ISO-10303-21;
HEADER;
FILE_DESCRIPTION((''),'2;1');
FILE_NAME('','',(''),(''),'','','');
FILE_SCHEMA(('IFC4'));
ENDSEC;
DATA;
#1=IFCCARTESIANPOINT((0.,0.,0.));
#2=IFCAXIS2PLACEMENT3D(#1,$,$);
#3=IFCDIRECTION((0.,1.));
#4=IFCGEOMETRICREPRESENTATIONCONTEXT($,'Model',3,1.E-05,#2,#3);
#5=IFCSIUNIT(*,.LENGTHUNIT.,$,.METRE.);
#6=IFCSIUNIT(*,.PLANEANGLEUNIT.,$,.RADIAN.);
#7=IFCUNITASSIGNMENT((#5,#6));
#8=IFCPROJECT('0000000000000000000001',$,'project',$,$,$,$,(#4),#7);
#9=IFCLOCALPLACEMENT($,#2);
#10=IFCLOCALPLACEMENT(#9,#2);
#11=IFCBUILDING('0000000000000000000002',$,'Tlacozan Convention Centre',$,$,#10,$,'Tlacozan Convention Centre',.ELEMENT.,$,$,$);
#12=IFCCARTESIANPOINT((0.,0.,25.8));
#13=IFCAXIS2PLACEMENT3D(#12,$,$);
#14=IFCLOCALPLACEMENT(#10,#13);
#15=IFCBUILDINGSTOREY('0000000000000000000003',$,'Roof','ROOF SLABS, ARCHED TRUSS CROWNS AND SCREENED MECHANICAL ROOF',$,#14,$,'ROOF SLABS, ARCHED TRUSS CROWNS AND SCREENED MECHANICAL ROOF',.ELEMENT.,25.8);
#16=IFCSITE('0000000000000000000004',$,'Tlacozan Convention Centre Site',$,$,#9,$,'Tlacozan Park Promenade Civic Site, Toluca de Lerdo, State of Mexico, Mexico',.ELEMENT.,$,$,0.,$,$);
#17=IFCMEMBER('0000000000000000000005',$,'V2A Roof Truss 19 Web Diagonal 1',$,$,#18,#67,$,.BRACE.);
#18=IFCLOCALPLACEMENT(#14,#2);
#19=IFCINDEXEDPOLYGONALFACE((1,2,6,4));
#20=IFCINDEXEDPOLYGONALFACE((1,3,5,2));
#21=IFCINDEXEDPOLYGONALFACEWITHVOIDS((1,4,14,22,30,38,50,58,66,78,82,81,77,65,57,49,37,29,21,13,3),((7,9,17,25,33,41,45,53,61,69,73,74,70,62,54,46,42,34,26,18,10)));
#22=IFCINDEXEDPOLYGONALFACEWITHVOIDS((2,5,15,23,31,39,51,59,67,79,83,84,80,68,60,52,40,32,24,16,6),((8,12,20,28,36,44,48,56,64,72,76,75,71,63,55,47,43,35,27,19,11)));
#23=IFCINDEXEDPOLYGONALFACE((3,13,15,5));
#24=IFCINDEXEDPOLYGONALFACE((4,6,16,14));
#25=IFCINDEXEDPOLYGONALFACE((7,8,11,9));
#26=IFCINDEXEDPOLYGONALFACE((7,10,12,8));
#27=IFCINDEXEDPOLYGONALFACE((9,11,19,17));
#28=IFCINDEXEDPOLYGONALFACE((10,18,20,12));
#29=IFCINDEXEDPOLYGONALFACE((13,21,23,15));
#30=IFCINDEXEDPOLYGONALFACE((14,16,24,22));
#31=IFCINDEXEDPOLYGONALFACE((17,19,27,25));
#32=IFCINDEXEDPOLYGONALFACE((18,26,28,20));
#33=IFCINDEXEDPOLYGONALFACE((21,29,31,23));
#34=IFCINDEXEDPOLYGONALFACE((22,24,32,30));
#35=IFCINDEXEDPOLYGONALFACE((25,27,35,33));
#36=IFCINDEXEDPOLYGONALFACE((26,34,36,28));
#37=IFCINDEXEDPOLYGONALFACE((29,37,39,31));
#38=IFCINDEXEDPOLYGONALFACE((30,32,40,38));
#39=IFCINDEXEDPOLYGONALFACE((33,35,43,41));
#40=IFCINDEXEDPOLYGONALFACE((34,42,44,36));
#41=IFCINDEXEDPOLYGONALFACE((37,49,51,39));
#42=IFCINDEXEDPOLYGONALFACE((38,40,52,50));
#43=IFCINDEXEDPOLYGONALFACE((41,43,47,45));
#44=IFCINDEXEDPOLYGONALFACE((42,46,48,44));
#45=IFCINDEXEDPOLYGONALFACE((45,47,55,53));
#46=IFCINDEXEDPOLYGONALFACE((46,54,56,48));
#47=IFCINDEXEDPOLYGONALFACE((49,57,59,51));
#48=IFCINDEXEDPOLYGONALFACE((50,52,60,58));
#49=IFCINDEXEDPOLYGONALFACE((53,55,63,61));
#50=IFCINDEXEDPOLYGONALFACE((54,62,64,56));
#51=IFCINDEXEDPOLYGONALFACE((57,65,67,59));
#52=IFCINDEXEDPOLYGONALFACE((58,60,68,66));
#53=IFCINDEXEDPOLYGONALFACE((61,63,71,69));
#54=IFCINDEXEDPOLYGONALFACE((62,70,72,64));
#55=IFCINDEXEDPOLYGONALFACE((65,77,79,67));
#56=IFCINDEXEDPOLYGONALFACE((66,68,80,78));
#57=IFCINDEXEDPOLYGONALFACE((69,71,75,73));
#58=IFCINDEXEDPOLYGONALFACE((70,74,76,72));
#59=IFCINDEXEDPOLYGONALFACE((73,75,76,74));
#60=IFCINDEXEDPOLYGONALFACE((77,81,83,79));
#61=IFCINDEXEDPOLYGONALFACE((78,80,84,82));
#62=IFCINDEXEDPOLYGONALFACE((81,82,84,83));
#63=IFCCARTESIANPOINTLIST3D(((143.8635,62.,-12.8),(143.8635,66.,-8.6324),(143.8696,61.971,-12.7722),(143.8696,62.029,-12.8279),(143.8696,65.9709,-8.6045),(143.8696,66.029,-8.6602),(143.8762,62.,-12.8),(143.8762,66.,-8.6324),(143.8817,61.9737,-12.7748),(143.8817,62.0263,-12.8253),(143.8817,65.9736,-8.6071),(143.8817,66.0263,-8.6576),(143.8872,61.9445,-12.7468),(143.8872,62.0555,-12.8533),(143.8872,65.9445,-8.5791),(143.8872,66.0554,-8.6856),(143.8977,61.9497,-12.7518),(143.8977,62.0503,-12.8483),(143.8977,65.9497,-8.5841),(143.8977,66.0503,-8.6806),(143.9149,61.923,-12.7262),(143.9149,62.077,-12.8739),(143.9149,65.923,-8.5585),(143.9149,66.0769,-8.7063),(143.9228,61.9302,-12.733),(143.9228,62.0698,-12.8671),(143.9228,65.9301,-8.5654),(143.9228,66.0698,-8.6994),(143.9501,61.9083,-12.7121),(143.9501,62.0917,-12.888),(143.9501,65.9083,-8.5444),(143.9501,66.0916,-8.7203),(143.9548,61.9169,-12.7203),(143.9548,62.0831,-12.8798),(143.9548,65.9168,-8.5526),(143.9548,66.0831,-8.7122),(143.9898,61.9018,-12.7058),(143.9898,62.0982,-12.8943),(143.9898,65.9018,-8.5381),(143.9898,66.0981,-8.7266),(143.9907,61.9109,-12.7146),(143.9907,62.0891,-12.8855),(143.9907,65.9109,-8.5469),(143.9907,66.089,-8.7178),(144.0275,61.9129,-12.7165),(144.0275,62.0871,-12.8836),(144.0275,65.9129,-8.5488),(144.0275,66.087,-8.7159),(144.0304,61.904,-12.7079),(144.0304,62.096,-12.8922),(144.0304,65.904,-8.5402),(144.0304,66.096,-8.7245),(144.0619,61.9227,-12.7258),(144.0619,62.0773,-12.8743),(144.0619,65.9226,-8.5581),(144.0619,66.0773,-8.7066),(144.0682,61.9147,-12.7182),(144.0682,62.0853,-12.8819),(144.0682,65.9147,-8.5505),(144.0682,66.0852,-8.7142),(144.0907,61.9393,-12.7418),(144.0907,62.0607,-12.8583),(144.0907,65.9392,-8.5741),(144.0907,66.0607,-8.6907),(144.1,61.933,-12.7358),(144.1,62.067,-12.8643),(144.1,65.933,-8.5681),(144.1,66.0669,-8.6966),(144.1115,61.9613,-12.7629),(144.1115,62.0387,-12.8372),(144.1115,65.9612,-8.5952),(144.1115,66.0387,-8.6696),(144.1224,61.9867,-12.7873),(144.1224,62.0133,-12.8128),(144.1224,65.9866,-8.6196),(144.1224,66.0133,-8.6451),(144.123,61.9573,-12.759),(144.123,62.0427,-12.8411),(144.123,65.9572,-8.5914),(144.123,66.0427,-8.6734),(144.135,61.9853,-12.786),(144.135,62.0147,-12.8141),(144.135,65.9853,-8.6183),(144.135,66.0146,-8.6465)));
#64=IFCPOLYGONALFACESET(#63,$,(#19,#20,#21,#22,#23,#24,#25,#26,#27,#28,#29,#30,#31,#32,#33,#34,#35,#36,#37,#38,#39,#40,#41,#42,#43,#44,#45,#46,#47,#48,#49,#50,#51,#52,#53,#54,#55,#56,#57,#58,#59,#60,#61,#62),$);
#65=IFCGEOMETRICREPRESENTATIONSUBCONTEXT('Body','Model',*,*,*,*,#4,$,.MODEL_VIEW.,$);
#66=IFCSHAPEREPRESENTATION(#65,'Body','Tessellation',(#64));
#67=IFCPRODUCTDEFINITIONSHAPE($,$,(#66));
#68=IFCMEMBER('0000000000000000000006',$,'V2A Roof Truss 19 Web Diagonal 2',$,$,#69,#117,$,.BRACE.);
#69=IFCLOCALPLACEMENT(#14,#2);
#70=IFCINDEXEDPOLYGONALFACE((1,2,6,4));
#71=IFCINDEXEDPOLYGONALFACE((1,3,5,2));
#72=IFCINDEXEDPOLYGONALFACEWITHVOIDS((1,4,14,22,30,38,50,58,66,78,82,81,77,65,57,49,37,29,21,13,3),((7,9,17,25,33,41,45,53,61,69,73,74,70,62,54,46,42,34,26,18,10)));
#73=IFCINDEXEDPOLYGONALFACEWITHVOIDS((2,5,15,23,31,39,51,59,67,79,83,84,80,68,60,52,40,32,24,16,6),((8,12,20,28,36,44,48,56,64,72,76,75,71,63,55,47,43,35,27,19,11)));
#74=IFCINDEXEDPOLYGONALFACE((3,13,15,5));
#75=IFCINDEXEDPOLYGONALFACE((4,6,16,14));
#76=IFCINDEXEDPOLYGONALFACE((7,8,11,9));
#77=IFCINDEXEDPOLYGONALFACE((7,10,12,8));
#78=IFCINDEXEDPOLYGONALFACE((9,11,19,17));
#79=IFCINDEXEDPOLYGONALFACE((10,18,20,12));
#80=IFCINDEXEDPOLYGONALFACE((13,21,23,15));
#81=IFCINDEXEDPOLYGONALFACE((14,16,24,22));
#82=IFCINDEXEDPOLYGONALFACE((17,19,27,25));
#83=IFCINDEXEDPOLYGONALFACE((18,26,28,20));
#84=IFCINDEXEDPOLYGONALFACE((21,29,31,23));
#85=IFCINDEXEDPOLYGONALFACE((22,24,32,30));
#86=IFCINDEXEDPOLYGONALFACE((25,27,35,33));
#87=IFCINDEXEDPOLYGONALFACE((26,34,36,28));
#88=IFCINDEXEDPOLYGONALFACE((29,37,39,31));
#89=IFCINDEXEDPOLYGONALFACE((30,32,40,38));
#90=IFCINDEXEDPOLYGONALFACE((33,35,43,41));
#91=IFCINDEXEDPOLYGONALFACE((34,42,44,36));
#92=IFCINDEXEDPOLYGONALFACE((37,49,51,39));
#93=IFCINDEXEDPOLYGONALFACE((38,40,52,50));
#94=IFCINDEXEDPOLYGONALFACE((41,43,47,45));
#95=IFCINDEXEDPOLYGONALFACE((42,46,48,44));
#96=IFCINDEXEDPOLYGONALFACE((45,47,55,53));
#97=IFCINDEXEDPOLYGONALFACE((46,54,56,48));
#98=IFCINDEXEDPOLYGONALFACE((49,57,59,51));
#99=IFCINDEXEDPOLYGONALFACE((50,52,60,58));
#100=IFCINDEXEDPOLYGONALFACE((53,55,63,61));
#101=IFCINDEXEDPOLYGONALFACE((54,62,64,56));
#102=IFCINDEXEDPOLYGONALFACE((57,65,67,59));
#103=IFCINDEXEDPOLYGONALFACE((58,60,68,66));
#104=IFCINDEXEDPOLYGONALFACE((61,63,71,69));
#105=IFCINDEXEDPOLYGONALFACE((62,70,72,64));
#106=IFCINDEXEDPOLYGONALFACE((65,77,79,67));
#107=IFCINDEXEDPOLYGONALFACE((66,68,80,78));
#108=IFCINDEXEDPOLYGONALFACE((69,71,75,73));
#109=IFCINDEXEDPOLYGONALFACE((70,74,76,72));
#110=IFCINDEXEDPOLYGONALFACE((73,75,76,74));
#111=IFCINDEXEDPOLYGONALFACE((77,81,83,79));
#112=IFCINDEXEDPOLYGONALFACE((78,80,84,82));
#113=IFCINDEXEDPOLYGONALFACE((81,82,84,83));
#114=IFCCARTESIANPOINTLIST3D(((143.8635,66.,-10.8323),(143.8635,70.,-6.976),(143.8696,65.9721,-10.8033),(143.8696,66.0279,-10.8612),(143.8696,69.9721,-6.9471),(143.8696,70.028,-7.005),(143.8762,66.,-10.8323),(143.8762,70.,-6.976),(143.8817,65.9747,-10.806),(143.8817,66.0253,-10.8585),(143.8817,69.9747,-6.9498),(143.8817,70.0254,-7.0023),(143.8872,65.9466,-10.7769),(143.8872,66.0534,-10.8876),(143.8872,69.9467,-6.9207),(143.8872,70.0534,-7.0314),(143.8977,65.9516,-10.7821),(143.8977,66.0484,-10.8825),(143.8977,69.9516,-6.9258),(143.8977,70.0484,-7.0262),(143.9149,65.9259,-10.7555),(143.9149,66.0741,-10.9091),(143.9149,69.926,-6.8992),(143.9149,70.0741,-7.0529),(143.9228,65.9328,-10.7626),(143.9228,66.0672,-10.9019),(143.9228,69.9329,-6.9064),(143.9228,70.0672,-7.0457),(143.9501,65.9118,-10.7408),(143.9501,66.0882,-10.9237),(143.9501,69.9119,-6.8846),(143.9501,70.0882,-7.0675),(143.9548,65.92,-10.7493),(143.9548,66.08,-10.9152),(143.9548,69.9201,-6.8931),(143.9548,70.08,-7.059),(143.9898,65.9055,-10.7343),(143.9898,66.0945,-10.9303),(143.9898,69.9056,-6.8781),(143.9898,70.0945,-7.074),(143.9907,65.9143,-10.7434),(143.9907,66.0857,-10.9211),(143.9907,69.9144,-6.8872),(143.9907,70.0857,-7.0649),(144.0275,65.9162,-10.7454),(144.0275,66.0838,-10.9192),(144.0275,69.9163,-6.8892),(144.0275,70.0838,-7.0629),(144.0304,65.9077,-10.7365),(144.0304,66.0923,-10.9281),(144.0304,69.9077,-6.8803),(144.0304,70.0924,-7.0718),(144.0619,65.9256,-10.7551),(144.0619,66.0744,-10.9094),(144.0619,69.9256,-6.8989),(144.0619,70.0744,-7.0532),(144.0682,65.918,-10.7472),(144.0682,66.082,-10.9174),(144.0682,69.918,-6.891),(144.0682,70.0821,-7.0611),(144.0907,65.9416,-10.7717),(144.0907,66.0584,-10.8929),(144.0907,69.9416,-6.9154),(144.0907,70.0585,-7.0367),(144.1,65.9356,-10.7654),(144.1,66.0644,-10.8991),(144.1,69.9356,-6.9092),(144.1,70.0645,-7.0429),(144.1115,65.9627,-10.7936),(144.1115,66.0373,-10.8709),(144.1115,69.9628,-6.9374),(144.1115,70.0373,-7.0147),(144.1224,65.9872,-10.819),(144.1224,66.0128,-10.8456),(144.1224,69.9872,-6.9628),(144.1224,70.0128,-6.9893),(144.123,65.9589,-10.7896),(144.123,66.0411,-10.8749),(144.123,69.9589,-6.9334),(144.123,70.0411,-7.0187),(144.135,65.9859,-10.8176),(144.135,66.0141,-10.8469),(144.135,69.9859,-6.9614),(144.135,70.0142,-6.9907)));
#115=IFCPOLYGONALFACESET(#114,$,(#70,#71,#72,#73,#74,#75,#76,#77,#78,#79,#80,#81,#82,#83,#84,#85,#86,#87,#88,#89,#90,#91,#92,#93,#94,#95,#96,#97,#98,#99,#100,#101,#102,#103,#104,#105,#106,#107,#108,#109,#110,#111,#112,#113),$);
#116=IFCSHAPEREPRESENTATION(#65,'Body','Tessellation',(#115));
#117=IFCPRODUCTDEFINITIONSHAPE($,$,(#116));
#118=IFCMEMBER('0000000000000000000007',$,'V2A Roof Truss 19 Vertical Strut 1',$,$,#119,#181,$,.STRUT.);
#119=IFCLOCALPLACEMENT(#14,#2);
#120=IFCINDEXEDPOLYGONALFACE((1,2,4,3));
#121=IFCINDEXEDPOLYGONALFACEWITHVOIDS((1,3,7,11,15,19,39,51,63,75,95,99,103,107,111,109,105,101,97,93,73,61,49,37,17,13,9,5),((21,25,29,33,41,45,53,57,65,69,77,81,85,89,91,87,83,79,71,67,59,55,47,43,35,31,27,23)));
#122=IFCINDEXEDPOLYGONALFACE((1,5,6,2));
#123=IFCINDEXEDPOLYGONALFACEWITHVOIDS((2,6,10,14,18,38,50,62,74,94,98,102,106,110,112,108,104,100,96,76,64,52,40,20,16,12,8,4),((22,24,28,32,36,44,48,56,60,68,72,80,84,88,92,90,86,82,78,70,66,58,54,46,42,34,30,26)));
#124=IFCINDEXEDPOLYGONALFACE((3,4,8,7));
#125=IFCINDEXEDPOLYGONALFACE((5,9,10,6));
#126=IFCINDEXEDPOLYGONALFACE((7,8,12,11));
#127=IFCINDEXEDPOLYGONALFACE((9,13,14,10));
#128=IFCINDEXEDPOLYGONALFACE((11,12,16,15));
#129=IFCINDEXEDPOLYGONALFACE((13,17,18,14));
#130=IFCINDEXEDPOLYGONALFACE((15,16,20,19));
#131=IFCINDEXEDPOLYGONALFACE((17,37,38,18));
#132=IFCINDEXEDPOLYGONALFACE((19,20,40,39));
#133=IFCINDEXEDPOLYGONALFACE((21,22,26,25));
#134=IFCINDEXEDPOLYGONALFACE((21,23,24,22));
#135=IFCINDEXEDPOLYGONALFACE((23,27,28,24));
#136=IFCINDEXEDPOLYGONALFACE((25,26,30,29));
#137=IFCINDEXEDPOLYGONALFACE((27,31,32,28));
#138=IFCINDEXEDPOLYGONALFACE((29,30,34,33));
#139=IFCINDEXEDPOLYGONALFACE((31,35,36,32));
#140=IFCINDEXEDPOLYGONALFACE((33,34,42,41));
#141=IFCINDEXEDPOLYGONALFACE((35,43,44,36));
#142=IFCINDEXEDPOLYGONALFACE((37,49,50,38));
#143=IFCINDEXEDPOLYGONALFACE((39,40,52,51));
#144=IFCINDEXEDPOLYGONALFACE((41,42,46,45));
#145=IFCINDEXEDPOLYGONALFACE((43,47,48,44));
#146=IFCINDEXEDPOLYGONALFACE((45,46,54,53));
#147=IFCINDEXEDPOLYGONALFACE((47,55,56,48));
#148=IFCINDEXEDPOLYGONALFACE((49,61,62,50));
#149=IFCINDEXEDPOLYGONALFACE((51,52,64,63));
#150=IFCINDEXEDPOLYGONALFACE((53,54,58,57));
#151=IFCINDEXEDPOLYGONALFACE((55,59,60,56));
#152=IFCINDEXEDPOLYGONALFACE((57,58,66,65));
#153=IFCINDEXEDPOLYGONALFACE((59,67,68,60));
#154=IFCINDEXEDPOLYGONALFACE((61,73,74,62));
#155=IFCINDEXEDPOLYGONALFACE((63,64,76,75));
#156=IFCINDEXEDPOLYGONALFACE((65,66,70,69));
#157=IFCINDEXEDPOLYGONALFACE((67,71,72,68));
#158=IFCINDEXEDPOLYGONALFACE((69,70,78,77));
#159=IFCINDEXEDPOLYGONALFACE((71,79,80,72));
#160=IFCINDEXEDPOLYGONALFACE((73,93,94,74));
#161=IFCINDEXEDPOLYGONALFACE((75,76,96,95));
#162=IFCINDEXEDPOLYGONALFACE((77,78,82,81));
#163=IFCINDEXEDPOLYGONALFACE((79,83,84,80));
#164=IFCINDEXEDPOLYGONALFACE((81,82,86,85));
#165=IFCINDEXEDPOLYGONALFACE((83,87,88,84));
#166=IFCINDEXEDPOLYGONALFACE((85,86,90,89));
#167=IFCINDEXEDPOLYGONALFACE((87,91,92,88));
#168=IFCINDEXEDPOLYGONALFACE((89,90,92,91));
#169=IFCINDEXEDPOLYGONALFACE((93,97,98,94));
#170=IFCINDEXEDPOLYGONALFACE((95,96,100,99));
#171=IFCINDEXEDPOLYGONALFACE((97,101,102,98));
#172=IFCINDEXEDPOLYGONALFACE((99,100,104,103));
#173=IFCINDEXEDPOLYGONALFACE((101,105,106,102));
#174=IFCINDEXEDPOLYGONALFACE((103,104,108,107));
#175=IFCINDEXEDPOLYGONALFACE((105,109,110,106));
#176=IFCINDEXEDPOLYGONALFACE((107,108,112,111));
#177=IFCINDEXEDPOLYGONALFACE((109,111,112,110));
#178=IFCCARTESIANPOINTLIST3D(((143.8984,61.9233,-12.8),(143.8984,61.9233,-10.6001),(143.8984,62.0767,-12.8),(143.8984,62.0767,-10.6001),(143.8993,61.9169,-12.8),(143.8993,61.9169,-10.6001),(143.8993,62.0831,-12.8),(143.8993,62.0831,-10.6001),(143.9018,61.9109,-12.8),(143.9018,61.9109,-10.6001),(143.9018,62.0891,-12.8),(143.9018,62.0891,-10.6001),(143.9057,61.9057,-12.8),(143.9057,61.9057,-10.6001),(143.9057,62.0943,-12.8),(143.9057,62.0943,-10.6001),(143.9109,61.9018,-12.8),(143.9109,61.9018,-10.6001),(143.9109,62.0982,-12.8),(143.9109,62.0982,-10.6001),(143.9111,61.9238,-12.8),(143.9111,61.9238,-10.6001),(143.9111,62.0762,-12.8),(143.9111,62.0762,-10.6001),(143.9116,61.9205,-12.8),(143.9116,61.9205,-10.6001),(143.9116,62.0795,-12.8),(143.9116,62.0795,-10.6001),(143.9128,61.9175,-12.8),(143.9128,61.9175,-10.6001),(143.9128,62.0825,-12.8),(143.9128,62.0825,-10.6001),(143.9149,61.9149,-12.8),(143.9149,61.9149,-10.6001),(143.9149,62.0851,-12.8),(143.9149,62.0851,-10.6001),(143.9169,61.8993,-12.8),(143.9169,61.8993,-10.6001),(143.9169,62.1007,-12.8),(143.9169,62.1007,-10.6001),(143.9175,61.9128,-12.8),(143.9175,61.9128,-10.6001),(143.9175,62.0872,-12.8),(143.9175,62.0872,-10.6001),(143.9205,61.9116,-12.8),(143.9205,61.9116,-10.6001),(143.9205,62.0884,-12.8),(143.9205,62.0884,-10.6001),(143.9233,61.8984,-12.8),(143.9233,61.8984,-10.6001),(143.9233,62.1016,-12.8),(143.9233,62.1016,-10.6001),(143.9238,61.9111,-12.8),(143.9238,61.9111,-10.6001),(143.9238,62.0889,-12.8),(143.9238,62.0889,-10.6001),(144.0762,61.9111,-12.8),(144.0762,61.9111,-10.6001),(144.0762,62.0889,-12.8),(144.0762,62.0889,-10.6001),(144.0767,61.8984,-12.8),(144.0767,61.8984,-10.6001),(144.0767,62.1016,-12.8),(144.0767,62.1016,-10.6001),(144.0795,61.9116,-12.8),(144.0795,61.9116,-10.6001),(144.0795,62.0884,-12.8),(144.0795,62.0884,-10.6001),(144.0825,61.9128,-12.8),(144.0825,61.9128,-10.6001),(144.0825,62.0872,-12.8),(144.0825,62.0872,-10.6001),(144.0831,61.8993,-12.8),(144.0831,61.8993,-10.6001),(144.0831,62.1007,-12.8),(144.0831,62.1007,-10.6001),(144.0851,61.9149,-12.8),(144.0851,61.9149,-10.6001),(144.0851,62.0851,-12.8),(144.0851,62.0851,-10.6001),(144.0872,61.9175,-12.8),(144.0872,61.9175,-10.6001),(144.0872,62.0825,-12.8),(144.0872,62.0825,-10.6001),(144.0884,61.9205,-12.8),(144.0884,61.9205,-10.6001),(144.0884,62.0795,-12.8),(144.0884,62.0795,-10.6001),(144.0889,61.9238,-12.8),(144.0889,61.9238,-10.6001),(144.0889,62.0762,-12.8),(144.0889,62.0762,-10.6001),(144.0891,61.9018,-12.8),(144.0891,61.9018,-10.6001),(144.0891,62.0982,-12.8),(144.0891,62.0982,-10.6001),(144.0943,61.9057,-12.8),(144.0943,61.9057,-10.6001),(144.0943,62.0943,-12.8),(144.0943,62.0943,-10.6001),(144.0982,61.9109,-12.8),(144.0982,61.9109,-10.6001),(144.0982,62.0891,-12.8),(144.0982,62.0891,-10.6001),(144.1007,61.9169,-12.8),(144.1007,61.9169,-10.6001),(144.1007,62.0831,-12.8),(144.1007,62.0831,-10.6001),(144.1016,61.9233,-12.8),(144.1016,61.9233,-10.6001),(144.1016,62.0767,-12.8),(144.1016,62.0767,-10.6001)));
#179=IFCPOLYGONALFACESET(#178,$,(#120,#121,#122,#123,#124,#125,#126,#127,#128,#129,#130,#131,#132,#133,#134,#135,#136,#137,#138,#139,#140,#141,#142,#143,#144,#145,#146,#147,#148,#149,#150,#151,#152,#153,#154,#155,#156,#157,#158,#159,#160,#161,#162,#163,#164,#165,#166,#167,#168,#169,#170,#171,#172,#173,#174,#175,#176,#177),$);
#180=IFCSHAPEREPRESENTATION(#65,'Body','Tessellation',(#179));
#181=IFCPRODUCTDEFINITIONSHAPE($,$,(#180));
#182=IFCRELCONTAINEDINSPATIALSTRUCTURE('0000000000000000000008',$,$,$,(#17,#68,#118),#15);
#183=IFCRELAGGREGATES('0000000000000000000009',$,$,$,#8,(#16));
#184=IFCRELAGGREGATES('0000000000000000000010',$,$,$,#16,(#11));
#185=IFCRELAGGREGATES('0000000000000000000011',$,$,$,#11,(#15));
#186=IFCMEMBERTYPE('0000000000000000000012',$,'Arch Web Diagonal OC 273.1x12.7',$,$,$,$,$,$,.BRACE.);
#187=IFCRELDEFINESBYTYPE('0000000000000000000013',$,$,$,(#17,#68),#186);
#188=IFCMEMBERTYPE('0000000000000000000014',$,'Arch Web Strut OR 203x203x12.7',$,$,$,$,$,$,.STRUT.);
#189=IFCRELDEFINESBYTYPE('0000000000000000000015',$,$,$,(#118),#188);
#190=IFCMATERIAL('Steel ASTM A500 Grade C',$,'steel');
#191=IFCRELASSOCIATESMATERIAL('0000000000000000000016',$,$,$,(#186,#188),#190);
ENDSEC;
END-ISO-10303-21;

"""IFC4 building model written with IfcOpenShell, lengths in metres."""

from ifc_helpers import new_model, si_unit, direction, frame, origin, origin_2d, place, context, subcontext, project, spatial, hollow_rectangle, hollow_circle, extrude, material, material_profile, profile_set, type_object, element, save


model = new_model("IFC4")

# Units and contexts
model_context = context("Model", 3, precision=1e-05, world=origin(), true_north=direction((0.0, 1.0)))
body_context = subcontext(model_context, "Body", "Model", "MODEL_VIEW")
ifc_project = project(units=[si_unit("LENGTHUNIT", "METRE"), si_unit("PLANEANGLEUNIT", "RADIAN")], contexts=[model_context])

# Site, building, storey
site_placement = place(None, origin())
site = spatial("IfcSite", under=ifc_project, at=site_placement, Name="Tlacozan Convention Centre Site", LongName="Tlacozan Park Promenade Civic Site, Toluca de Lerdo, State of Mexico, Mexico", CompositionType="ELEMENT", RefElevation=0.0)
building_placement = place(site_placement, origin())
building = spatial("IfcBuilding", under=site, at=building_placement, Name="Tlacozan Convention Centre", LongName="Tlacozan Convention Centre", CompositionType="ELEMENT")
storey_placement = place(building_placement, frame((0.0, 0.0, 25.8)))
storey = spatial("IfcBuildingStorey", under=building, at=storey_placement, Name="Roof", Description="ROOF SLABS, ARCHED TRUSS CROWNS AND SCREENED MECHANICAL ROOF", LongName="ROOF SLABS, ARCHED TRUSS CROWNS AND SCREENED MECHANICAL ROOF", CompositionType="ELEMENT", Elevation=25.8)

# Members
ifc_material_1 = material(Name="Steel ASTM A500 Grade C", Category="steel")
ifc_material_profile_1 = material_profile(ifc_material_1, hollow_circle(Radius=0.1365, WallThickness=0.0127, at=origin_2d()), Name="OC 273.1x12.7")
ifc_profile_set_1 = profile_set([ifc_material_profile_1], Name="Steel ASTM A500 Grade C")
member_type_1 = type_object("IfcMemberType", Name="Arch Web Diagonal OC 273.1x12.7", PredefinedType="BRACE", material=ifc_profile_set_1)
member_1_placement = place(storey_placement, frame((144.0, 62.0, -12.8), z_axis=(0.0, 0.69244, 0.721475), x_axis=(-1.0, 0.0, 0.0)))
element("IfcMember", 1, at=member_1_placement, inside=storey, type_object=member_type_1, Name="V2A Roof Truss 19 Web Diagonal 1", PredefinedType="BRACE", context=body_context, shape_type="SweptSolid", body=[
    extrude(hollow_circle(Radius=0.1365, WallThickness=0.0127, at=origin_2d()), origin(), (0.0, 0.0, 1.0), 5.7766),
])
member_2_placement = place(storey_placement, frame((144.0, 66.0, -10.8323), z_axis=(0.0, 0.719929, 0.694048), x_axis=(-1.0, 0.0, 0.0)))
element("IfcMember", 2, at=member_2_placement, inside=storey, type_object=member_type_1, Name="V2A Roof Truss 19 Web Diagonal 2", PredefinedType="BRACE", context=body_context, shape_type="SweptSolid", body=[
    extrude(hollow_circle(Radius=0.1365, WallThickness=0.0127, at=origin_2d()), origin(), (0.0, 0.0, 1.0), 5.5562),
])
ifc_material_profile_2 = material_profile(ifc_material_1, hollow_rectangle(XDim=0.2031, YDim=0.2031, WallThickness=0.0127, InnerFilletRadius=0.0127, OuterFilletRadius=0.0249, at=origin_2d()), Name="OR 203x203x12.7")
ifc_profile_set_2 = profile_set([ifc_material_profile_2], Name="Steel ASTM A500 Grade C")
member_type_2 = type_object("IfcMemberType", Name="Arch Web Strut OR 203x203x12.7", PredefinedType="STRUT", material=ifc_profile_set_2)
member_3_placement = place(storey_placement, frame((144.0, 62.0, -12.8), z_axis=(0.0, 0.0, 1.0), x_axis=(1.0, 0.0, 0.0)))
element("IfcMember", 3, at=member_3_placement, inside=storey, type_object=member_type_2, Name="V2A Roof Truss 19 Vertical Strut 1", PredefinedType="STRUT", context=body_context, shape_type="SweptSolid", body=[
    extrude(hollow_rectangle(XDim=0.2031, YDim=0.2031, WallThickness=0.0127, InnerFilletRadius=0.0127, OuterFilletRadius=0.0249, at=origin_2d()), origin(), (0.0, 0.0, 1.0), 2.2),
])

save(model, "model.ifc")
